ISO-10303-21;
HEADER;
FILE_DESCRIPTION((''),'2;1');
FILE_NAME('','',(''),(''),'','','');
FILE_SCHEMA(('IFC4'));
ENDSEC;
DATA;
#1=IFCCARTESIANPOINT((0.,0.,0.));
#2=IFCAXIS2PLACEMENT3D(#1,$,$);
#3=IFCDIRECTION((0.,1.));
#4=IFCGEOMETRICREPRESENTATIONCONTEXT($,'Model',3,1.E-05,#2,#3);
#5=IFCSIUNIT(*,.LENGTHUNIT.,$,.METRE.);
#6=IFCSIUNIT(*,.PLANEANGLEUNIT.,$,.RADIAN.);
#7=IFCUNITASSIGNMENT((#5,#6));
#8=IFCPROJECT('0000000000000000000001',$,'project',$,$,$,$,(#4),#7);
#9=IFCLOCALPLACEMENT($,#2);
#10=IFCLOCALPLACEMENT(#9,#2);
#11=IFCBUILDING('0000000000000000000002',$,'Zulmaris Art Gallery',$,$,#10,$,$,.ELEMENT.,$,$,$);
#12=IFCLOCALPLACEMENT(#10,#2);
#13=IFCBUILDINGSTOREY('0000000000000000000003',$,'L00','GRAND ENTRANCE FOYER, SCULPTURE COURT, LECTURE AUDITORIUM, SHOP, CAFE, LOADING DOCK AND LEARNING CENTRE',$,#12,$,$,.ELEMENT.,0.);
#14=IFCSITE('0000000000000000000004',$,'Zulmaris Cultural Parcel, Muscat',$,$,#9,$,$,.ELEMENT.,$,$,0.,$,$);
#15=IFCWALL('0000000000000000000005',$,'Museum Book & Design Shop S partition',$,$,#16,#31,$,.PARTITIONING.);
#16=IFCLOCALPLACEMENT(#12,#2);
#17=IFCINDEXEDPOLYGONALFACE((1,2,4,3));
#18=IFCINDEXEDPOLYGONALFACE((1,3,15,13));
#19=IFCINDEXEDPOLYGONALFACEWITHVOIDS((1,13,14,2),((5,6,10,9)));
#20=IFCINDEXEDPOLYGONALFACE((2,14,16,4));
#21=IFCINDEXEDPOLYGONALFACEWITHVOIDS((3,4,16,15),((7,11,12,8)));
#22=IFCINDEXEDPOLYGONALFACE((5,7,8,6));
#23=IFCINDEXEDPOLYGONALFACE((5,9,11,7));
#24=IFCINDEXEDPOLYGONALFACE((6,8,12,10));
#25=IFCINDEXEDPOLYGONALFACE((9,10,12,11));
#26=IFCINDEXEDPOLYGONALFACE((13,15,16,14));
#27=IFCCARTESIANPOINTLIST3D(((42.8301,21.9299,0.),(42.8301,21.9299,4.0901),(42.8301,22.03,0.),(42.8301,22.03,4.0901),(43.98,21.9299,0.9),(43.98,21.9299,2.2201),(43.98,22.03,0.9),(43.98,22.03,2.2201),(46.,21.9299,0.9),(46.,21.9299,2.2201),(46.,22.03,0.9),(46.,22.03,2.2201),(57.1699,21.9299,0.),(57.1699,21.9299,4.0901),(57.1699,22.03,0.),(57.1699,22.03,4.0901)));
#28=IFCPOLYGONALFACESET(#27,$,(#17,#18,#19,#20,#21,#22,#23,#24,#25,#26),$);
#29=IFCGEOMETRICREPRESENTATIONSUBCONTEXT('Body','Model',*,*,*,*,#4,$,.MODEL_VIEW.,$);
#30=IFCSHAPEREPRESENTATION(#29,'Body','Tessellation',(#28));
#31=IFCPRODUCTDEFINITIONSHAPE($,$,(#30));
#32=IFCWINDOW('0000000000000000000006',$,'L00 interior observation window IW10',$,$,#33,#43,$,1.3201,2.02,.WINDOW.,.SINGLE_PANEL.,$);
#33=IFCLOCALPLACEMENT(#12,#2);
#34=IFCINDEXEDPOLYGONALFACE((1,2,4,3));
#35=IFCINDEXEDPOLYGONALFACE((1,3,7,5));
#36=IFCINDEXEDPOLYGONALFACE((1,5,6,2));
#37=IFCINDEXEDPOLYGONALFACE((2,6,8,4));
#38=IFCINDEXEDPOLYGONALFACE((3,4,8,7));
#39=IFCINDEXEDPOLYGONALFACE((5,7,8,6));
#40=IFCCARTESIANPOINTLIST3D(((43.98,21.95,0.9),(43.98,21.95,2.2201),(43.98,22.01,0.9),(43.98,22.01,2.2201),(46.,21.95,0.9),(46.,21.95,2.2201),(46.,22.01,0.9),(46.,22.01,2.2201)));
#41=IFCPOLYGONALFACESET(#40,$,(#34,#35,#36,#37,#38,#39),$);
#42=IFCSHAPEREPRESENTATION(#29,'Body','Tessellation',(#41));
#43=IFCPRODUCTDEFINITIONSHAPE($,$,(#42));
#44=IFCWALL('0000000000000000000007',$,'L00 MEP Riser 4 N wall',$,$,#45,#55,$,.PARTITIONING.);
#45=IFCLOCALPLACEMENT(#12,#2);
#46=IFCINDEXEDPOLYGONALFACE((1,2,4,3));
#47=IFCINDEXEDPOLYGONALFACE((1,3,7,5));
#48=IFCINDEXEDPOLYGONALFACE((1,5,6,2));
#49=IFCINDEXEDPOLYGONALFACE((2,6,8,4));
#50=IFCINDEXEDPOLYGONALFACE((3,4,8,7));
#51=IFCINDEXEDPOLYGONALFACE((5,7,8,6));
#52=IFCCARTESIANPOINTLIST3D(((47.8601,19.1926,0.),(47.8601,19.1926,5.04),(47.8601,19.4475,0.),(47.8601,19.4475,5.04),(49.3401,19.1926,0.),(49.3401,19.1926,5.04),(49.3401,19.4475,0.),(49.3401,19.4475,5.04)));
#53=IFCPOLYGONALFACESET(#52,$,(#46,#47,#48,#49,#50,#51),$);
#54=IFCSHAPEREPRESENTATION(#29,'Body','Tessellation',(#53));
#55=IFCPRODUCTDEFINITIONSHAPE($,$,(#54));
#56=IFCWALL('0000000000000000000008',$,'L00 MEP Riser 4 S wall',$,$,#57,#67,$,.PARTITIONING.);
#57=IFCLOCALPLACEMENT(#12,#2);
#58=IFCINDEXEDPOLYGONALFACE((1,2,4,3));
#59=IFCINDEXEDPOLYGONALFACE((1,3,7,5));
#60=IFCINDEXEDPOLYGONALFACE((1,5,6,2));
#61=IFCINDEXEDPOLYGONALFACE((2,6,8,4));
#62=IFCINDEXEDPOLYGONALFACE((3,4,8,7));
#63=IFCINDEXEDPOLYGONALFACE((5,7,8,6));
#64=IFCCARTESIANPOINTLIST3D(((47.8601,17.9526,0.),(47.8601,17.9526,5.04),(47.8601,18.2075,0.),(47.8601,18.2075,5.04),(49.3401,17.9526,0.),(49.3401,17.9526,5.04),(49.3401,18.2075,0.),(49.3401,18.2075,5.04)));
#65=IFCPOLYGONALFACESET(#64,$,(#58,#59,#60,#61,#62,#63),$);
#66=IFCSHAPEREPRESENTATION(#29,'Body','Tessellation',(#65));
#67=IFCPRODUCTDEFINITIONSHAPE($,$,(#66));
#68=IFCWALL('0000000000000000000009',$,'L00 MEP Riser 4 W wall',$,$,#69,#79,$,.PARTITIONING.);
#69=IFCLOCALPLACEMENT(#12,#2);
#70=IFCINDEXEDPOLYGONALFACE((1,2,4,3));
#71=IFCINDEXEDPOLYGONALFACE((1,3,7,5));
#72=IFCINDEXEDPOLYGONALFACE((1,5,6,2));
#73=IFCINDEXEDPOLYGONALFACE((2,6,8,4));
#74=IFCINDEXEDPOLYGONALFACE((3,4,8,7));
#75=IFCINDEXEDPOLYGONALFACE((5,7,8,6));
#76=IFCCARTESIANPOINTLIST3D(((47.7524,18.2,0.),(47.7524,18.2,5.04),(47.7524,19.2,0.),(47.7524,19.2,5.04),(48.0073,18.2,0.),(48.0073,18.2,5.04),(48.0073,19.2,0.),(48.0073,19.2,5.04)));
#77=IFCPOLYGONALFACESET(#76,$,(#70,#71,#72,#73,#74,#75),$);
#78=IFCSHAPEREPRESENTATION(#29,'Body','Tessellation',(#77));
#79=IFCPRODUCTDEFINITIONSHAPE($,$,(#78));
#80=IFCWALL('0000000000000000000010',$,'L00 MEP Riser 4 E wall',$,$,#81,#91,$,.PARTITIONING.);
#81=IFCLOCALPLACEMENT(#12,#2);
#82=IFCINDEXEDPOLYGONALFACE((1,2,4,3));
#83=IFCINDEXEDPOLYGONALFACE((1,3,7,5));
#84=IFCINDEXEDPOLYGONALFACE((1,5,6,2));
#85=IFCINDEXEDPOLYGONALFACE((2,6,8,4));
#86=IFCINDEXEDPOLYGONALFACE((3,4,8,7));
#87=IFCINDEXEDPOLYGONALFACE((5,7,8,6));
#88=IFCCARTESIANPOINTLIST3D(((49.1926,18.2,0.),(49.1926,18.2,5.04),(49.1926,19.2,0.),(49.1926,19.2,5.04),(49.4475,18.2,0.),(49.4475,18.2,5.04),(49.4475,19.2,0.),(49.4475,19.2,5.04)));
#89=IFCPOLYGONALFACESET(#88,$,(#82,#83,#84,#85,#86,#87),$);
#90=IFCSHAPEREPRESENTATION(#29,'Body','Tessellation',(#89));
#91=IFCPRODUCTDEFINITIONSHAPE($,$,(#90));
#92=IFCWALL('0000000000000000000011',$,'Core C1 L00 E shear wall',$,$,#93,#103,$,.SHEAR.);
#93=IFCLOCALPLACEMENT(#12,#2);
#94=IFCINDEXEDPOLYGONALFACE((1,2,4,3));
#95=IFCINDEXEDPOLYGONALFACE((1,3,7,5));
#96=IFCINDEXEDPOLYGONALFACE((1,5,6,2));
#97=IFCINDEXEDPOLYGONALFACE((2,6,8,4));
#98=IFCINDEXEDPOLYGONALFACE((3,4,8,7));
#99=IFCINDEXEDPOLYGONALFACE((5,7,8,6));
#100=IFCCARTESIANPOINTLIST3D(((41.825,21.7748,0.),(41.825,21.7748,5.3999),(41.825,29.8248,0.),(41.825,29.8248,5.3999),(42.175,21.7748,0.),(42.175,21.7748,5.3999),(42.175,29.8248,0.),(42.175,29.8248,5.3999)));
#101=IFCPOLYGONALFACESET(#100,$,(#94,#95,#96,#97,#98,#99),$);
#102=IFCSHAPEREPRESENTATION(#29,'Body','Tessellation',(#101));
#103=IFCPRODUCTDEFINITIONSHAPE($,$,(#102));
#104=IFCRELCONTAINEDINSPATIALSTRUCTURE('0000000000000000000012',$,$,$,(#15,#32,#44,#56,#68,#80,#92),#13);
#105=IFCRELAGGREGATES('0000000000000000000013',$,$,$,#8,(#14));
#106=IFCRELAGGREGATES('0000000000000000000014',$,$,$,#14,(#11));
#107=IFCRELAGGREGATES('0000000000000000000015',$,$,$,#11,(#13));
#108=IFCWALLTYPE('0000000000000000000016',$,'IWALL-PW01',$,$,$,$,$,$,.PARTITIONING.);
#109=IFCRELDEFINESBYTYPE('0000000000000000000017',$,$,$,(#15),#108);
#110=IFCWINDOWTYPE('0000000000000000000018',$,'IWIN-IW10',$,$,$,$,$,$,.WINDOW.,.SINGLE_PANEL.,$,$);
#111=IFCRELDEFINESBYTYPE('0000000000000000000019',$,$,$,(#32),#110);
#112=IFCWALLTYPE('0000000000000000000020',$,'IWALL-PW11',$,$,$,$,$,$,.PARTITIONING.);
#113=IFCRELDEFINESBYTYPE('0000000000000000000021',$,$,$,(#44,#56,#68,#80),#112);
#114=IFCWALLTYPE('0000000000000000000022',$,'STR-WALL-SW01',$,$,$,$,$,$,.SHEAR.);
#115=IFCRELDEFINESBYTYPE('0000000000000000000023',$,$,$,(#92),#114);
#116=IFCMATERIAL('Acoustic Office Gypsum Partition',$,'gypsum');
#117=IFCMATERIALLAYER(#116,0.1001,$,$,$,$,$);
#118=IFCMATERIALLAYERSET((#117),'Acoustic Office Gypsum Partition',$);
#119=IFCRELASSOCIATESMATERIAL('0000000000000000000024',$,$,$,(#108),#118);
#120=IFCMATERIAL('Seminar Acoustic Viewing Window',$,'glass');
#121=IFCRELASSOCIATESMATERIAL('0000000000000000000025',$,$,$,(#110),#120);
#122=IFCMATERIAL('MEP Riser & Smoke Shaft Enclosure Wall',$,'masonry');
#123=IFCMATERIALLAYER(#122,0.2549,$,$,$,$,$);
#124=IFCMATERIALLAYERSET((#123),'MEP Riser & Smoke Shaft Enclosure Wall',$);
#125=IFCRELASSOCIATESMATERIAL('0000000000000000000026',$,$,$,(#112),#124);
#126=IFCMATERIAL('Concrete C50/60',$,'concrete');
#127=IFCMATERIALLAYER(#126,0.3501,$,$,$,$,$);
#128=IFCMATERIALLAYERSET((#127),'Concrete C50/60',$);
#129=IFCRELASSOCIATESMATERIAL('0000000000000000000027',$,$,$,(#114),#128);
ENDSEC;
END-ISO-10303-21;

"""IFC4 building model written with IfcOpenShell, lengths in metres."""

from ifc_helpers import new_model, si_unit, direction, frame, frame_2d, origin, place, context, subcontext, project, spatial, rectangle, extrude, material, layer, layer_set, type_object, element, fill, save


model = new_model("IFC4")

# Units and contexts
model_context = context("Model", 3, precision=1e-05, world=origin(), true_north=direction((0.0, 1.0)))
body_context = subcontext(model_context, "Body", "Model", "MODEL_VIEW")
ifc_project = project(units=[si_unit("LENGTHUNIT", "METRE"), si_unit("PLANEANGLEUNIT", "RADIAN")], contexts=[model_context])

# Site, building, storey
site_placement = place(None, origin())
site = spatial("IfcSite", under=ifc_project, at=site_placement, Name="Zulmaris Cultural Parcel, Muscat", CompositionType="ELEMENT", RefElevation=0.0)
building_placement = place(site_placement, origin())
building = spatial("IfcBuilding", under=site, at=building_placement, Name="Zulmaris Art Gallery", CompositionType="ELEMENT")
storey_placement = place(building_placement, origin())
storey = spatial("IfcBuildingStorey", under=building, at=storey_placement, Name="L00", Description="GRAND ENTRANCE FOYER, SCULPTURE COURT, LECTURE AUDITORIUM, SHOP, CAFE, LOADING DOCK AND LEARNING CENTRE", CompositionType="ELEMENT", Elevation=0.0)

# Shared definitions
ifc_material_1 = material(Name="Concrete C50/60", Category="concrete")

# Wall, opening, window
ifc_material_2 = material(Name="Acoustic Office Gypsum Partition", Category="gypsum")
ifc_layer_1 = layer(ifc_material_2, 0.1001)
ifc_layer_set_1 = layer_set([ifc_layer_1], Name="Acoustic Office Gypsum Partition")
wall_type_1 = type_object("IfcWallType", Name="IWALL-PW01", PredefinedType="PARTITIONING", material=ifc_layer_set_1)
wall_1_placement = place(storey_placement, frame((42.8301, 21.98, 0.0), z_axis=(0.0, 0.0, 1.0), x_axis=(1.0, 0.0, 0.0)))
wall_1 = element("IfcWall", 1, at=wall_1_placement, inside=storey, type_object=wall_type_1, Name="Museum Book & Design Shop S partition", PredefinedType="PARTITIONING", context=body_context, shape_type="SweptSolid", body=[
    extrude(rectangle(XDim=14.3398, YDim=0.1001, at=frame_2d((7.1699, 0.0))), origin(), (0.0, 0.0, 1.0), 4.0901),
])
opening_1_placement = place(wall_1_placement, frame((1.1499, 0.0, 0.8999)))
opening_1 = element("IfcOpeningElement", 2, at=opening_1_placement, cuts=wall_1, PredefinedType="OPENING", context=body_context, shape_type="SweptSolid", body=[
    extrude(rectangle(XDim=2.02, YDim=1.3201, at=frame_2d((1.01, 0.6602))), frame((0.0, 0.0601, 0.0), z_axis=(0.0, -1.0, 0.0), x_axis=(1.0, 0.0, 0.0)), (0.0, 0.0, 1.0), 0.1201),
])
ifc_material_3 = material(Name="Seminar Acoustic Viewing Window", Category="glass")
window_type_1 = type_object("IfcWindowType", Name="IWIN-IW10", PartitioningType="SINGLE_PANEL", PredefinedType="WINDOW", material=ifc_material_3)
window_1_placement = place(opening_1_placement, origin())
window_1 = element("IfcWindow", 3, at=window_1_placement, inside=storey, type_object=window_type_1, Name="L00 interior observation window IW10", OverallHeight=1.3201, OverallWidth=2.02, PartitioningType="SINGLE_PANEL", PredefinedType="WINDOW", context=body_context, shape_type="SweptSolid", body=[
    extrude(rectangle(XDim=2.02, YDim=1.3201, at=frame_2d((1.01, 0.6602))), frame((0.0, 0.03, 0.0), z_axis=(0.0, -1.0, 0.0), x_axis=(1.0, 0.0, 0.0)), (0.0, 0.0, 1.0), 0.0601),
])
fill(opening_1, window_1)

# Walls
ifc_material_4 = material(Name="MEP Riser & Smoke Shaft Enclosure Wall", Category="masonry")
ifc_layer_2 = layer(ifc_material_4, 0.2549)
ifc_layer_set_2 = layer_set([ifc_layer_2], Name="MEP Riser & Smoke Shaft Enclosure Wall")
wall_type_2 = type_object("IfcWallType", Name="IWALL-PW11", PredefinedType="PARTITIONING", material=ifc_layer_set_2)
for number, where, z_axis, x_axis, name in (
    (4, (47.8601, 19.3201, 0.0), (0.0, 0.0, 1.0), (1.0, 0.0, 0.0), "L00 MEP Riser 4 N wall"),
    (5, (47.8601, 18.0801, 0.0), (0.0, 0.0, 1.0), (1.0, 0.0, 0.0), "L00 MEP Riser 4 S wall"),
):
    element("IfcWall", number, at=place(storey_placement, frame(where, z_axis=z_axis, x_axis=x_axis)), inside=storey, type_object=wall_type_2, Name=name, PredefinedType="PARTITIONING", context=body_context, shape_type="SweptSolid", body=[
        extrude(rectangle(XDim=1.48, YDim=0.2549, at=frame_2d((0.74, 0.0))), origin(), (0.0, 0.0, 1.0), 5.04),
    ])
for number, where, z_axis, x_axis, name in (
    (6, (47.8799, 18.2, 0.0), (0.0, 0.0, 1.0), (0.0, 1.0, 0.0), "L00 MEP Riser 4 W wall"),
    (7, (49.3201, 18.2, 0.0), (0.0, 0.0, 1.0), (0.0, 1.0, 0.0), "L00 MEP Riser 4 E wall"),
):
    element("IfcWall", number, at=place(storey_placement, frame(where, z_axis=z_axis, x_axis=x_axis)), inside=storey, type_object=wall_type_2, Name=name, PredefinedType="PARTITIONING", context=body_context, shape_type="SweptSolid", body=[
        extrude(rectangle(XDim=1.0, YDim=0.2549, at=frame_2d((0.5, 0.0))), origin(), (0.0, 0.0, 1.0), 5.04),
    ])
ifc_layer_3 = layer(ifc_material_1, 0.3501)
ifc_layer_set_3 = layer_set([ifc_layer_3], Name="Concrete C50/60")
wall_type_3 = type_object("IfcWallType", Name="STR-WALL-SW01", PredefinedType="SHEAR", material=ifc_layer_set_3)
wall_2_placement = place(storey_placement, frame((42.0, 21.7749, 0.0), z_axis=(0.0, 0.0, 1.0), x_axis=(0.0, 1.0, 0.0)))
element("IfcWall", 8, at=wall_2_placement, inside=storey, type_object=wall_type_3, Name="Core C1 L00 E shear wall", PredefinedType="SHEAR", context=body_context, shape_type="SweptSolid", body=[
    extrude(rectangle(XDim=8.05, YDim=0.3501, at=frame_2d((4.0249, 0.0))), origin(), (0.0, 0.0, 1.0), 5.3999),
])

save(model, "model.ifc")
